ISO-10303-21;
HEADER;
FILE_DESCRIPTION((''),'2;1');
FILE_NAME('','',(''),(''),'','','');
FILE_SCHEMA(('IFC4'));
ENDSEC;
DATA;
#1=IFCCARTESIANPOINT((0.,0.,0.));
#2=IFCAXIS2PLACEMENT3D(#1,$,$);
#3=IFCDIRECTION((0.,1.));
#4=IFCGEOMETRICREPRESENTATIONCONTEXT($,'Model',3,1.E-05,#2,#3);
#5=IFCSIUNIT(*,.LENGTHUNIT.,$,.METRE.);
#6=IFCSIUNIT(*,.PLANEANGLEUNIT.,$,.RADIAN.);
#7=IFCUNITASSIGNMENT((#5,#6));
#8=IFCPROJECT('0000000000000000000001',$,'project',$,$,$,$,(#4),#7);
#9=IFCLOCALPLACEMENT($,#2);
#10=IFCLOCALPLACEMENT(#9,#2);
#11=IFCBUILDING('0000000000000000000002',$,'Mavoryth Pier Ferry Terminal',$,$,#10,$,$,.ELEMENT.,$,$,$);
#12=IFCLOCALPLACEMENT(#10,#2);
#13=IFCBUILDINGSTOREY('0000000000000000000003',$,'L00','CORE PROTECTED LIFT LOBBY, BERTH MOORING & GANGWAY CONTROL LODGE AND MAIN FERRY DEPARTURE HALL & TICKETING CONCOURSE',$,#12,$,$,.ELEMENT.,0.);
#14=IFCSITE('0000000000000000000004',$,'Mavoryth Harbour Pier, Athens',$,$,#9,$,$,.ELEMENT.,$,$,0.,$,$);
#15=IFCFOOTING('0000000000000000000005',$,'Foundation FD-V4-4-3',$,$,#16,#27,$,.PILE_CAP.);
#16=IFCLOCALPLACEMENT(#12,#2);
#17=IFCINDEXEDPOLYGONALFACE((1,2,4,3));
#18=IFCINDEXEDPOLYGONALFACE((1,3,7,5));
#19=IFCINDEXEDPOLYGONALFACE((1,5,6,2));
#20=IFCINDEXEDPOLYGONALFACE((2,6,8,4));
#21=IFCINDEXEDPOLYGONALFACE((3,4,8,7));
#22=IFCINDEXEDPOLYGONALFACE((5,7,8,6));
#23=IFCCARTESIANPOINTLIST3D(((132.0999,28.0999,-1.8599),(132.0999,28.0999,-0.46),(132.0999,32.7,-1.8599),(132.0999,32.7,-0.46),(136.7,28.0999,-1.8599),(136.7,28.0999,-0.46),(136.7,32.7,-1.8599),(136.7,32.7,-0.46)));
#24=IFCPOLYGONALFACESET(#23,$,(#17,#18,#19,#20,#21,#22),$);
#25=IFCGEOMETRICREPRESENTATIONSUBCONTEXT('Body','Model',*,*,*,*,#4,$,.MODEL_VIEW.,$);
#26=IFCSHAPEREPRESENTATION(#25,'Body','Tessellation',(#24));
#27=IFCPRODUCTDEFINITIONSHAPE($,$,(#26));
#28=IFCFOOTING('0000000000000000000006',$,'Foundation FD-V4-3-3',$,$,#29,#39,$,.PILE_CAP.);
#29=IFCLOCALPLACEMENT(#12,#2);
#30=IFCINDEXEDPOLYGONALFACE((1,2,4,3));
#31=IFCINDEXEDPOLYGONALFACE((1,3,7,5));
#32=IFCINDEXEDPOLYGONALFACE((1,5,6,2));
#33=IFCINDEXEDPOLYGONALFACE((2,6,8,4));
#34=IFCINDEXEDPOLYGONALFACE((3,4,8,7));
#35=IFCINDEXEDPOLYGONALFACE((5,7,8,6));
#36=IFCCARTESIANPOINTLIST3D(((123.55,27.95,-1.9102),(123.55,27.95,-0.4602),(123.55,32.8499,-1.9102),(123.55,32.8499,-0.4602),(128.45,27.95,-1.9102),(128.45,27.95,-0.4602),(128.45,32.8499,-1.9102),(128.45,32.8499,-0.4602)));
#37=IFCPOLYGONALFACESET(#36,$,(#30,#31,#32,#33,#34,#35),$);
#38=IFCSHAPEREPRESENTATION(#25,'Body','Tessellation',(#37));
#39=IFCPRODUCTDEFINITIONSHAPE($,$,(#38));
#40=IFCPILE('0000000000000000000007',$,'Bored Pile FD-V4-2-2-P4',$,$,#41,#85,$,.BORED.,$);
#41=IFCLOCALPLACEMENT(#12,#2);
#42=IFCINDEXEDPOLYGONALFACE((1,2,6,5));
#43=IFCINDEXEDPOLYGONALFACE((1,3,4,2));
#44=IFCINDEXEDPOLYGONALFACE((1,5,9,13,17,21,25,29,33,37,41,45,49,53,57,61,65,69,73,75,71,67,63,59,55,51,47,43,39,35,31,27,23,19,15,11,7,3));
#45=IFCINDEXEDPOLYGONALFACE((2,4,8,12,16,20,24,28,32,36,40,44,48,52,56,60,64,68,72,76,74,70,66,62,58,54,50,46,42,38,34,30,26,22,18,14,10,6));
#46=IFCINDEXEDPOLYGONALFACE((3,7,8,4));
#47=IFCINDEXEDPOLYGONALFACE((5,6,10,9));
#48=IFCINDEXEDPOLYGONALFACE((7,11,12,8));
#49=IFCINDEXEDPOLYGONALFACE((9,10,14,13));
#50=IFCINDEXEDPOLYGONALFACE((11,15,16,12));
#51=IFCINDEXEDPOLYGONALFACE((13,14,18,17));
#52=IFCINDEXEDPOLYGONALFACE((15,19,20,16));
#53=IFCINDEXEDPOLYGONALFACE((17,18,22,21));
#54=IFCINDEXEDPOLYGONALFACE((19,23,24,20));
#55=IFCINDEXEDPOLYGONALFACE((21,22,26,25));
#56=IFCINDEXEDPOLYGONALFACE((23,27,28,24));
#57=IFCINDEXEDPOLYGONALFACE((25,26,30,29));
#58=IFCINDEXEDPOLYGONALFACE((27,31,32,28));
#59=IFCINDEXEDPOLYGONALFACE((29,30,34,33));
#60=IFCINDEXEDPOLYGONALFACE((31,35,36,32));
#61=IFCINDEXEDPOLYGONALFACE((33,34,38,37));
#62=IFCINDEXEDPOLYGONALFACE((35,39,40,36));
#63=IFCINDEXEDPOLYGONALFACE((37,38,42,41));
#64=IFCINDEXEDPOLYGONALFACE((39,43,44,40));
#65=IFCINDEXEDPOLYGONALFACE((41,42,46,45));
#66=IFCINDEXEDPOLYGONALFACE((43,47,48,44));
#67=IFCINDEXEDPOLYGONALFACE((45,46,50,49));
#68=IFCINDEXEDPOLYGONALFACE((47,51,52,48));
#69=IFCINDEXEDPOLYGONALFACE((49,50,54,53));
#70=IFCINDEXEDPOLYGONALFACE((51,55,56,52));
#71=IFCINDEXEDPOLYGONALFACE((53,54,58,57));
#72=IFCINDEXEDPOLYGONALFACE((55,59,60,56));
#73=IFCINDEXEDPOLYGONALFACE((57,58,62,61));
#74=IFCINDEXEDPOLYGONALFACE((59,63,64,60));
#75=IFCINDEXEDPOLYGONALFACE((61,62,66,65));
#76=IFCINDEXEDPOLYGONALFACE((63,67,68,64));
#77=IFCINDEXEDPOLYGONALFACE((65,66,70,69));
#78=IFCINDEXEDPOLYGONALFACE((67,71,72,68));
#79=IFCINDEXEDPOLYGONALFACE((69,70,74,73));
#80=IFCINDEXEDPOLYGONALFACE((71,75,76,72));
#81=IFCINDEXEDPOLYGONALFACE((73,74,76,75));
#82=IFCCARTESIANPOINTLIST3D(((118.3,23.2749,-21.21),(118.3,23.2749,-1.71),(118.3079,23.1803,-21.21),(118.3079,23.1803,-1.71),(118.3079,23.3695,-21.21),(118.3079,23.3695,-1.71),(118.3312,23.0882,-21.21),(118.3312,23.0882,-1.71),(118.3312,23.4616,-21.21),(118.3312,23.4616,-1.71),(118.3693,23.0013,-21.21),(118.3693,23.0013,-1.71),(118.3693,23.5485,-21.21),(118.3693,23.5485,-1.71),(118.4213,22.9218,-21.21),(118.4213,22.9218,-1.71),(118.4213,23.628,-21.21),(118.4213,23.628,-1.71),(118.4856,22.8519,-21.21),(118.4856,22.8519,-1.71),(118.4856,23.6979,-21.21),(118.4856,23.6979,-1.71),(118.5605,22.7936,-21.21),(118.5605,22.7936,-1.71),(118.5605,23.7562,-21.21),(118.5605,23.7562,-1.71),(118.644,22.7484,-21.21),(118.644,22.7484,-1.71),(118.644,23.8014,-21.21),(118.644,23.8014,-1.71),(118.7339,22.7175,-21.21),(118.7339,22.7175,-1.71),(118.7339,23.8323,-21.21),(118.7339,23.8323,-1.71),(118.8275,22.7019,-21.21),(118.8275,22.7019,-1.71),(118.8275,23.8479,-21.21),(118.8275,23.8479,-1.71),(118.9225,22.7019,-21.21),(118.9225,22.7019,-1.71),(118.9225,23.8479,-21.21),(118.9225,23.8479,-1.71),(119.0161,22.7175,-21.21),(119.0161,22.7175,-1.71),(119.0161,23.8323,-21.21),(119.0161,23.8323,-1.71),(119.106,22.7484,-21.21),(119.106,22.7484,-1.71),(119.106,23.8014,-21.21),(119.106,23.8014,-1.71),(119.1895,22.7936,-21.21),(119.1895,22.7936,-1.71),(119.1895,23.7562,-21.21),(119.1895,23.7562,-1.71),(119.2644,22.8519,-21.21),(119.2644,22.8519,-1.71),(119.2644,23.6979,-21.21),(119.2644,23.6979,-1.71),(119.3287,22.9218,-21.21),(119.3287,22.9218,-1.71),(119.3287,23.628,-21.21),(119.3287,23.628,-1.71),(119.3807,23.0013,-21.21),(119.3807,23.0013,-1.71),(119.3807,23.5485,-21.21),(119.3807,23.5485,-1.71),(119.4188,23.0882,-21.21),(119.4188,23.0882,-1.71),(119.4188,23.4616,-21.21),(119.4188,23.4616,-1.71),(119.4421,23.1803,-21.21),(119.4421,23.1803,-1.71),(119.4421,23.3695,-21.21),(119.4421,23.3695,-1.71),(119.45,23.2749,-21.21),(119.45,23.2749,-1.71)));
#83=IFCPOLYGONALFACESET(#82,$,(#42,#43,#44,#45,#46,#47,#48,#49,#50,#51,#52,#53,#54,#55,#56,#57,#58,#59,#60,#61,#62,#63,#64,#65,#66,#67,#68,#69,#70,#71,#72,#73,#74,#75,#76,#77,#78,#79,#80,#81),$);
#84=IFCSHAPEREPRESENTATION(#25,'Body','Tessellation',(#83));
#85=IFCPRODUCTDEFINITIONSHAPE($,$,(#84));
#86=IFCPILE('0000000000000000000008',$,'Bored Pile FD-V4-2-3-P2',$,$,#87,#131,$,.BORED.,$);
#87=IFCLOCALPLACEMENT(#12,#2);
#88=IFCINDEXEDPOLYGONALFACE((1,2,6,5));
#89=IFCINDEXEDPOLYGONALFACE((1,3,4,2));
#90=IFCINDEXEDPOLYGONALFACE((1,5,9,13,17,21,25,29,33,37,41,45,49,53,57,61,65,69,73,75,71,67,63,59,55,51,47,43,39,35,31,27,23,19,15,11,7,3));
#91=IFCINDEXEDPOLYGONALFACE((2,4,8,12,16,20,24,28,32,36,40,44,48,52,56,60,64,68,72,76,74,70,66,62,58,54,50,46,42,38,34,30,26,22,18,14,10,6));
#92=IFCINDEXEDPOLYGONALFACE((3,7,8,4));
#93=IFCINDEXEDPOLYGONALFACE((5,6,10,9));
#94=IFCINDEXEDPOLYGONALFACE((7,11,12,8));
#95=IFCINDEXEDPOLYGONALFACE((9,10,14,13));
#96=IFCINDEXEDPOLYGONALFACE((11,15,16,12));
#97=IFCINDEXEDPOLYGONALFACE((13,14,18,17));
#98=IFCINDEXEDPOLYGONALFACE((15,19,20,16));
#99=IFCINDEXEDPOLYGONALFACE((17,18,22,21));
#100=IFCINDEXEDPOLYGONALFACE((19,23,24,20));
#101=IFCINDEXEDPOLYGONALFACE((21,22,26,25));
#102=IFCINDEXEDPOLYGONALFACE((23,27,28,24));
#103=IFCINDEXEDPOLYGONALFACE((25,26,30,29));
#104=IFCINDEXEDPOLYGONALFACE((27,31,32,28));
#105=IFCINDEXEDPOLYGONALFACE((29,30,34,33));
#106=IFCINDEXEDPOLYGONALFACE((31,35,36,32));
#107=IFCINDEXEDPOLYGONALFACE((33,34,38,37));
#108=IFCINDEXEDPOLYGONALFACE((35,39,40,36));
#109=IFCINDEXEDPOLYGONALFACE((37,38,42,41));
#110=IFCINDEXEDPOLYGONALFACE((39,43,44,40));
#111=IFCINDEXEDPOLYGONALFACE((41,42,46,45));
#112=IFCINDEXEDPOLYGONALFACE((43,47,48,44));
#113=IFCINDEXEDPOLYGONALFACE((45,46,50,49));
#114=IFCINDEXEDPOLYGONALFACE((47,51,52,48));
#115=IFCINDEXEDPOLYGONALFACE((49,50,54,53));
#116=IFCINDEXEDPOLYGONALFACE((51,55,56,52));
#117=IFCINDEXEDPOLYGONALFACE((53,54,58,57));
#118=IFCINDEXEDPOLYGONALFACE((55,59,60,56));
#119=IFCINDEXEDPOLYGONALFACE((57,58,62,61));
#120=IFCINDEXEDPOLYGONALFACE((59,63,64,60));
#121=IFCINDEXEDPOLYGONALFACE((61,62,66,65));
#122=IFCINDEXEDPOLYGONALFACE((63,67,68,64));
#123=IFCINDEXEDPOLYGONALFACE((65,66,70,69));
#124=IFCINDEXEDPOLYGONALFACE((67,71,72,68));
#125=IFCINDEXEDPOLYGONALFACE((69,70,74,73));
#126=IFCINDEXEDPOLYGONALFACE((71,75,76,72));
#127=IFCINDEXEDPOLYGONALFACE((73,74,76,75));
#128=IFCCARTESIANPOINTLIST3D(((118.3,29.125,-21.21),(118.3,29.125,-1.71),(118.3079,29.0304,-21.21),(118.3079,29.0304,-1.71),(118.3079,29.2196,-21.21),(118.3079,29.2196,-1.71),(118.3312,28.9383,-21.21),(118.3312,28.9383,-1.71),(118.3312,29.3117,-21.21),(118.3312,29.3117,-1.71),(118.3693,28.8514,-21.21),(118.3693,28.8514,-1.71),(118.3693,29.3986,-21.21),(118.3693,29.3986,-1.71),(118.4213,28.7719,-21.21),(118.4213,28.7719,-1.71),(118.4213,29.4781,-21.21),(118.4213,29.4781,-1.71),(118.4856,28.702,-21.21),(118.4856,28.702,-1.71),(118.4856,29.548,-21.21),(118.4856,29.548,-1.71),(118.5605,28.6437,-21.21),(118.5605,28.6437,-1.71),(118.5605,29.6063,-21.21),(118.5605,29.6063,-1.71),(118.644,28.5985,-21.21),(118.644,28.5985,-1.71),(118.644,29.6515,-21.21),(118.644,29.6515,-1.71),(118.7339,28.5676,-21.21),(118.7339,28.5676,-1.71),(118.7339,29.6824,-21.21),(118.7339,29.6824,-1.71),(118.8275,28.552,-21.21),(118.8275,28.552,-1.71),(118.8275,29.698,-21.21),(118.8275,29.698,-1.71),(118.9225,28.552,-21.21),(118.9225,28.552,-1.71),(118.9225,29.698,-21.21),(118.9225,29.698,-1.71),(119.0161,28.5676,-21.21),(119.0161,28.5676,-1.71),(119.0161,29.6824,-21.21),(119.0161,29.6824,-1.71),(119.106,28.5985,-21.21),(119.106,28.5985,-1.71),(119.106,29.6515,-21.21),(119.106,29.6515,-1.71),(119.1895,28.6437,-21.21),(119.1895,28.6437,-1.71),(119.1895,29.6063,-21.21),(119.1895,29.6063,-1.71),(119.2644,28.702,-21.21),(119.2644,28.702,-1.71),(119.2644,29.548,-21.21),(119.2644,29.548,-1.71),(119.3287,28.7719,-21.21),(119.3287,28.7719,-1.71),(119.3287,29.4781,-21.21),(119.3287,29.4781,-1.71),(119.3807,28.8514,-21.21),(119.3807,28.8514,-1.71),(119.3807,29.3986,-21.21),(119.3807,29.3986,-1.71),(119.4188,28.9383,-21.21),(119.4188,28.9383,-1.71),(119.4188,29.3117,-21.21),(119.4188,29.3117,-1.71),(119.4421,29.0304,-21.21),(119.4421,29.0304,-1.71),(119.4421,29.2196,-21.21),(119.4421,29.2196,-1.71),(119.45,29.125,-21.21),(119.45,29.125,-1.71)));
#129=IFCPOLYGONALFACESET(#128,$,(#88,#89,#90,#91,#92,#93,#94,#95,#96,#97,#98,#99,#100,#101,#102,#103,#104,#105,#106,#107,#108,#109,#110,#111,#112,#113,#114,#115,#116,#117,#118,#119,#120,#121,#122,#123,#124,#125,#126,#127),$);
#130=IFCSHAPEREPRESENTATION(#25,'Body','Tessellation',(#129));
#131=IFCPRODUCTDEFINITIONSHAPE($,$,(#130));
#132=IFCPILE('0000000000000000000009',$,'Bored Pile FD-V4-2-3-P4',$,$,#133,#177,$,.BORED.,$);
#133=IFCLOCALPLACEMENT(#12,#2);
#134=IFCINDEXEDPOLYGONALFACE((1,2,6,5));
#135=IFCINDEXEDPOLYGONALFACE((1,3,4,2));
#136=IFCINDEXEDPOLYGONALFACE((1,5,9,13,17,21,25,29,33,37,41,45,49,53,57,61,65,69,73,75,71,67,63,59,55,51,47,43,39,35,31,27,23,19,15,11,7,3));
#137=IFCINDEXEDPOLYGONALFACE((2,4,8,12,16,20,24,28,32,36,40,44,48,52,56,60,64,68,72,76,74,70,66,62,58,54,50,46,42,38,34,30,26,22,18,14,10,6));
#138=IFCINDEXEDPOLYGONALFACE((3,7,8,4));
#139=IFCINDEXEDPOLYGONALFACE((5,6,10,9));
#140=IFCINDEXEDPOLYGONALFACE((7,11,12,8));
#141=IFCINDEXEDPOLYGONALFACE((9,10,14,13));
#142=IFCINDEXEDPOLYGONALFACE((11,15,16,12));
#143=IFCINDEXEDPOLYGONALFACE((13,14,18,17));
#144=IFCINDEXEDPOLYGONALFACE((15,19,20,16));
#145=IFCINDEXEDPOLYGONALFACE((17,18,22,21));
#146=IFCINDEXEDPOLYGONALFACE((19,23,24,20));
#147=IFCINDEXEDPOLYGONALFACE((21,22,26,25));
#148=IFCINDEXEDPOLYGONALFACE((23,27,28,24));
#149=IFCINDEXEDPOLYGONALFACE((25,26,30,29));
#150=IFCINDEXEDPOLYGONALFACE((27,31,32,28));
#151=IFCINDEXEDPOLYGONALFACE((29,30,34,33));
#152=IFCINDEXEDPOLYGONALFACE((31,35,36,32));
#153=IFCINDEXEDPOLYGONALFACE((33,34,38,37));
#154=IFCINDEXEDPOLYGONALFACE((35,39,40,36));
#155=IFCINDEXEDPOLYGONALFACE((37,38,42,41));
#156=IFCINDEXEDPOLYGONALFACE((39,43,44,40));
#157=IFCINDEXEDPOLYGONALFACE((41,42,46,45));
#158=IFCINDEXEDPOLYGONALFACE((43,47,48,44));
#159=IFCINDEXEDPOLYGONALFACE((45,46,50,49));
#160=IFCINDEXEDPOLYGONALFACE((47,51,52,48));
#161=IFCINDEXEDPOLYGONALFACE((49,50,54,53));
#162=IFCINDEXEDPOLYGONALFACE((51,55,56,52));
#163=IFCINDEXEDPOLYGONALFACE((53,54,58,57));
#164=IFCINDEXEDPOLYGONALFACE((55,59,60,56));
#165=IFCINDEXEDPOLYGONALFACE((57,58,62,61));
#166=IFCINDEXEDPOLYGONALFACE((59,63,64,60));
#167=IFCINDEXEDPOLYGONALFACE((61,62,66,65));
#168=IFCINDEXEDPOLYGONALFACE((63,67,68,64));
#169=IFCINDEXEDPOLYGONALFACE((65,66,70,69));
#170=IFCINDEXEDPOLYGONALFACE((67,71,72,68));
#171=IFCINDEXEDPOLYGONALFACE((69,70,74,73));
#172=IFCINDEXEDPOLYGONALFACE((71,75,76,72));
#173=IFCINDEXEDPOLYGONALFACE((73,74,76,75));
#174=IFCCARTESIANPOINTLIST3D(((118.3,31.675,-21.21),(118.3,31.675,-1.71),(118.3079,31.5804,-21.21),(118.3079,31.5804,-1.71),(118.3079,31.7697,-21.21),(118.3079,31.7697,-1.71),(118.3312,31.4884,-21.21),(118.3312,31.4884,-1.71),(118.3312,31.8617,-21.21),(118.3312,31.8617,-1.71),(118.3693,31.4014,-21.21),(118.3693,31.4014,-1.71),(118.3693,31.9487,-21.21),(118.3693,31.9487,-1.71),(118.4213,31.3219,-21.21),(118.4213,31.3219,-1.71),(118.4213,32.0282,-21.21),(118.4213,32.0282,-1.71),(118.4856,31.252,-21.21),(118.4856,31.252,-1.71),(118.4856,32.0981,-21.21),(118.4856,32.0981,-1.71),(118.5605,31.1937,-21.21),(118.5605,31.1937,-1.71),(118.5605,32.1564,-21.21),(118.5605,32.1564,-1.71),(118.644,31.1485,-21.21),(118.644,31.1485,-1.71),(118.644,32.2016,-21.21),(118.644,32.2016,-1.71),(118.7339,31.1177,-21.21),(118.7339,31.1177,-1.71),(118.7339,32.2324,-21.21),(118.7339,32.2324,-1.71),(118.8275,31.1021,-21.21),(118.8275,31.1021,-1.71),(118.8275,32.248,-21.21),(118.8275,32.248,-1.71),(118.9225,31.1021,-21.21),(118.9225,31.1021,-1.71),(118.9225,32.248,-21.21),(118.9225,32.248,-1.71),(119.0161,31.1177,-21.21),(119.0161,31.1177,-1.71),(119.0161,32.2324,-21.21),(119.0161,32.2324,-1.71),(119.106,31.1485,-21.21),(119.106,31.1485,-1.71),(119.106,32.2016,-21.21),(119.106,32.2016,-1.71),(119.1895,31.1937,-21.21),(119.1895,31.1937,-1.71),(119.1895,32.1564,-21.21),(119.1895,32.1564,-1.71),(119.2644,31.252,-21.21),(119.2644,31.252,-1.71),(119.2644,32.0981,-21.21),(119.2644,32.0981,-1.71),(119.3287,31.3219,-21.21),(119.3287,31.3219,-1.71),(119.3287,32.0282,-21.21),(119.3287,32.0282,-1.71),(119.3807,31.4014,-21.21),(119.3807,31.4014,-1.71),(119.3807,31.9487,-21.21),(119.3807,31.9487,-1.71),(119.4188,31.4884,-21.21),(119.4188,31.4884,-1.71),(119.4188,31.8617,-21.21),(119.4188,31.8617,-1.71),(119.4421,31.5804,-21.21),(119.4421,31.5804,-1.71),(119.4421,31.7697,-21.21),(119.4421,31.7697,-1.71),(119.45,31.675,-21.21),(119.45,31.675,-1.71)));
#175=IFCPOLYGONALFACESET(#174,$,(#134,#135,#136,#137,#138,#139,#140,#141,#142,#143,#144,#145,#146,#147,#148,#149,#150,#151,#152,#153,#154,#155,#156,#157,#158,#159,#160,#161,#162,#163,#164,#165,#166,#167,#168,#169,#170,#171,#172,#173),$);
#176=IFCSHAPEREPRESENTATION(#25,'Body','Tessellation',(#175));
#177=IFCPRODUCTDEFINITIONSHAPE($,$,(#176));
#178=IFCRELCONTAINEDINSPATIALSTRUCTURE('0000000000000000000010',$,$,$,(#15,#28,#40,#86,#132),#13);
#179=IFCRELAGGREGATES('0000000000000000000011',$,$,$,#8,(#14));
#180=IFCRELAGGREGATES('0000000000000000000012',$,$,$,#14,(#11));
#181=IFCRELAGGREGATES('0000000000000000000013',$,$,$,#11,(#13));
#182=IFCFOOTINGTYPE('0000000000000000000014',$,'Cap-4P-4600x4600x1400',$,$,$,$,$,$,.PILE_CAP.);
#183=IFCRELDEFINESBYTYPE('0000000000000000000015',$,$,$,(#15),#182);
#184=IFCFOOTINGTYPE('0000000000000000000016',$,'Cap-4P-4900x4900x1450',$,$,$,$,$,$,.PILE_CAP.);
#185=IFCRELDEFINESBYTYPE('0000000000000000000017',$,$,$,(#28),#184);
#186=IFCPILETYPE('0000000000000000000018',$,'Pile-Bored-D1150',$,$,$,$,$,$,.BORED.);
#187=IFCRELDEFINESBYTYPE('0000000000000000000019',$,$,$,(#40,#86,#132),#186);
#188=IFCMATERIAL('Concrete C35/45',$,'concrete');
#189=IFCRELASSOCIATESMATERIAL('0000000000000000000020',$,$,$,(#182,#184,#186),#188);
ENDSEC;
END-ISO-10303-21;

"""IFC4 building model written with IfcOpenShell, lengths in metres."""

from ifc_helpers import new_model, si_unit, direction, frame, origin, origin_2d, place, context, subcontext, project, spatial, rectangle, circle, extrude, material, material_profile, profile_set, type_object, element, save


model = new_model("IFC4")

# Units and contexts
model_context = context("Model", 3, precision=1e-05, world=origin(), true_north=direction((0.0, 1.0)))
body_context = subcontext(model_context, "Body", "Model", "MODEL_VIEW")
ifc_project = project(units=[si_unit("LENGTHUNIT", "METRE"), si_unit("PLANEANGLEUNIT", "RADIAN")], contexts=[model_context])

# Site, building, storey
site_placement = place(None, origin())
site = spatial("IfcSite", under=ifc_project, at=site_placement, Name="Mavoryth Harbour Pier, Athens", CompositionType="ELEMENT", RefElevation=0.0)
building_placement = place(site_placement, origin())
building = spatial("IfcBuilding", under=site, at=building_placement, Name="Mavoryth Pier Ferry Terminal", CompositionType="ELEMENT")
storey_placement = place(building_placement, origin())
storey = spatial("IfcBuildingStorey", under=building, at=storey_placement, Name="L00", Description="CORE PROTECTED LIFT LOBBY, BERTH MOORING & GANGWAY CONTROL LODGE AND MAIN FERRY DEPARTURE HALL & TICKETING CONCOURSE", CompositionType="ELEMENT", Elevation=0.0)

# Footings
ifc_material_1 = material(Name="Concrete C35/45", Category="concrete")
footing_type_1 = type_object("IfcFootingType", Name="Cap-4P-4600x4600x1400", PredefinedType="PILE_CAP", material=ifc_material_1)
footing_1_placement = place(storey_placement, frame((134.3999, 30.3999, -1.8599), z_axis=(0.0, 0.0, 1.0), x_axis=(1.0, 0.0, 0.0)))
element("IfcFooting", 1, at=footing_1_placement, inside=storey, type_object=footing_type_1, Name="Foundation FD-V4-4-3", PredefinedType="PILE_CAP", context=body_context, shape_type="SweptSolid", body=[
    extrude(rectangle(XDim=4.6001, YDim=4.6001, at=origin_2d()), origin(), (0.0, 0.0, 1.0), 1.3999),
])
footing_type_2 = type_object("IfcFootingType", Name="Cap-4P-4900x4900x1450", PredefinedType="PILE_CAP", material=ifc_material_1)
footing_2_placement = place(storey_placement, frame((126.0, 30.3999, -1.9102), z_axis=(0.0, 0.0, 1.0), x_axis=(1.0, 0.0, 0.0)))
element("IfcFooting", 2, at=footing_2_placement, inside=storey, type_object=footing_type_2, Name="Foundation FD-V4-3-3", PredefinedType="PILE_CAP", context=body_context, shape_type="SweptSolid", body=[
    extrude(rectangle(XDim=4.8999, YDim=4.8999, at=origin_2d()), origin(), (0.0, 0.0, 1.0), 1.45),
])

# Piles
ifc_material_profile_1 = material_profile(ifc_material_1, circle(Radius=0.575, at=origin_2d()), Name="PILE D1150", Category="concrete")
ifc_profile_set_1 = profile_set([ifc_material_profile_1], Name="Concrete C35/45 - PILE D1150")
pile_type_1 = type_object("IfcPileType", Name="Pile-Bored-D1150", PredefinedType="BORED", material=ifc_profile_set_1)
for number, where, z_axis, x_axis, name in (
    (3, (118.875, 23.2749, -1.71), (0.0, 0.0, -1.0), (1.0, 0.0, 0.0), "Bored Pile FD-V4-2-2-P4"),
    (4, (118.875, 29.125, -1.71), (0.0, 0.0, -1.0), (1.0, 0.0, 0.0), "Bored Pile FD-V4-2-3-P2"),
    (5, (118.875, 31.675, -1.71), (0.0, 0.0, -1.0), (1.0, 0.0, 0.0), "Bored Pile FD-V4-2-3-P4"),
):
    element("IfcPile", number, at=place(storey_placement, frame(where, z_axis=z_axis, x_axis=x_axis)), inside=storey, type_object=pile_type_1, Name=name, PredefinedType="BORED", context=body_context, shape_type="SweptSolid", body=[
        extrude(circle(Radius=0.575, at=origin_2d()), origin(), (0.0, 0.0, 1.0), 19.5),
    ])

save(model, "model.ifc")
